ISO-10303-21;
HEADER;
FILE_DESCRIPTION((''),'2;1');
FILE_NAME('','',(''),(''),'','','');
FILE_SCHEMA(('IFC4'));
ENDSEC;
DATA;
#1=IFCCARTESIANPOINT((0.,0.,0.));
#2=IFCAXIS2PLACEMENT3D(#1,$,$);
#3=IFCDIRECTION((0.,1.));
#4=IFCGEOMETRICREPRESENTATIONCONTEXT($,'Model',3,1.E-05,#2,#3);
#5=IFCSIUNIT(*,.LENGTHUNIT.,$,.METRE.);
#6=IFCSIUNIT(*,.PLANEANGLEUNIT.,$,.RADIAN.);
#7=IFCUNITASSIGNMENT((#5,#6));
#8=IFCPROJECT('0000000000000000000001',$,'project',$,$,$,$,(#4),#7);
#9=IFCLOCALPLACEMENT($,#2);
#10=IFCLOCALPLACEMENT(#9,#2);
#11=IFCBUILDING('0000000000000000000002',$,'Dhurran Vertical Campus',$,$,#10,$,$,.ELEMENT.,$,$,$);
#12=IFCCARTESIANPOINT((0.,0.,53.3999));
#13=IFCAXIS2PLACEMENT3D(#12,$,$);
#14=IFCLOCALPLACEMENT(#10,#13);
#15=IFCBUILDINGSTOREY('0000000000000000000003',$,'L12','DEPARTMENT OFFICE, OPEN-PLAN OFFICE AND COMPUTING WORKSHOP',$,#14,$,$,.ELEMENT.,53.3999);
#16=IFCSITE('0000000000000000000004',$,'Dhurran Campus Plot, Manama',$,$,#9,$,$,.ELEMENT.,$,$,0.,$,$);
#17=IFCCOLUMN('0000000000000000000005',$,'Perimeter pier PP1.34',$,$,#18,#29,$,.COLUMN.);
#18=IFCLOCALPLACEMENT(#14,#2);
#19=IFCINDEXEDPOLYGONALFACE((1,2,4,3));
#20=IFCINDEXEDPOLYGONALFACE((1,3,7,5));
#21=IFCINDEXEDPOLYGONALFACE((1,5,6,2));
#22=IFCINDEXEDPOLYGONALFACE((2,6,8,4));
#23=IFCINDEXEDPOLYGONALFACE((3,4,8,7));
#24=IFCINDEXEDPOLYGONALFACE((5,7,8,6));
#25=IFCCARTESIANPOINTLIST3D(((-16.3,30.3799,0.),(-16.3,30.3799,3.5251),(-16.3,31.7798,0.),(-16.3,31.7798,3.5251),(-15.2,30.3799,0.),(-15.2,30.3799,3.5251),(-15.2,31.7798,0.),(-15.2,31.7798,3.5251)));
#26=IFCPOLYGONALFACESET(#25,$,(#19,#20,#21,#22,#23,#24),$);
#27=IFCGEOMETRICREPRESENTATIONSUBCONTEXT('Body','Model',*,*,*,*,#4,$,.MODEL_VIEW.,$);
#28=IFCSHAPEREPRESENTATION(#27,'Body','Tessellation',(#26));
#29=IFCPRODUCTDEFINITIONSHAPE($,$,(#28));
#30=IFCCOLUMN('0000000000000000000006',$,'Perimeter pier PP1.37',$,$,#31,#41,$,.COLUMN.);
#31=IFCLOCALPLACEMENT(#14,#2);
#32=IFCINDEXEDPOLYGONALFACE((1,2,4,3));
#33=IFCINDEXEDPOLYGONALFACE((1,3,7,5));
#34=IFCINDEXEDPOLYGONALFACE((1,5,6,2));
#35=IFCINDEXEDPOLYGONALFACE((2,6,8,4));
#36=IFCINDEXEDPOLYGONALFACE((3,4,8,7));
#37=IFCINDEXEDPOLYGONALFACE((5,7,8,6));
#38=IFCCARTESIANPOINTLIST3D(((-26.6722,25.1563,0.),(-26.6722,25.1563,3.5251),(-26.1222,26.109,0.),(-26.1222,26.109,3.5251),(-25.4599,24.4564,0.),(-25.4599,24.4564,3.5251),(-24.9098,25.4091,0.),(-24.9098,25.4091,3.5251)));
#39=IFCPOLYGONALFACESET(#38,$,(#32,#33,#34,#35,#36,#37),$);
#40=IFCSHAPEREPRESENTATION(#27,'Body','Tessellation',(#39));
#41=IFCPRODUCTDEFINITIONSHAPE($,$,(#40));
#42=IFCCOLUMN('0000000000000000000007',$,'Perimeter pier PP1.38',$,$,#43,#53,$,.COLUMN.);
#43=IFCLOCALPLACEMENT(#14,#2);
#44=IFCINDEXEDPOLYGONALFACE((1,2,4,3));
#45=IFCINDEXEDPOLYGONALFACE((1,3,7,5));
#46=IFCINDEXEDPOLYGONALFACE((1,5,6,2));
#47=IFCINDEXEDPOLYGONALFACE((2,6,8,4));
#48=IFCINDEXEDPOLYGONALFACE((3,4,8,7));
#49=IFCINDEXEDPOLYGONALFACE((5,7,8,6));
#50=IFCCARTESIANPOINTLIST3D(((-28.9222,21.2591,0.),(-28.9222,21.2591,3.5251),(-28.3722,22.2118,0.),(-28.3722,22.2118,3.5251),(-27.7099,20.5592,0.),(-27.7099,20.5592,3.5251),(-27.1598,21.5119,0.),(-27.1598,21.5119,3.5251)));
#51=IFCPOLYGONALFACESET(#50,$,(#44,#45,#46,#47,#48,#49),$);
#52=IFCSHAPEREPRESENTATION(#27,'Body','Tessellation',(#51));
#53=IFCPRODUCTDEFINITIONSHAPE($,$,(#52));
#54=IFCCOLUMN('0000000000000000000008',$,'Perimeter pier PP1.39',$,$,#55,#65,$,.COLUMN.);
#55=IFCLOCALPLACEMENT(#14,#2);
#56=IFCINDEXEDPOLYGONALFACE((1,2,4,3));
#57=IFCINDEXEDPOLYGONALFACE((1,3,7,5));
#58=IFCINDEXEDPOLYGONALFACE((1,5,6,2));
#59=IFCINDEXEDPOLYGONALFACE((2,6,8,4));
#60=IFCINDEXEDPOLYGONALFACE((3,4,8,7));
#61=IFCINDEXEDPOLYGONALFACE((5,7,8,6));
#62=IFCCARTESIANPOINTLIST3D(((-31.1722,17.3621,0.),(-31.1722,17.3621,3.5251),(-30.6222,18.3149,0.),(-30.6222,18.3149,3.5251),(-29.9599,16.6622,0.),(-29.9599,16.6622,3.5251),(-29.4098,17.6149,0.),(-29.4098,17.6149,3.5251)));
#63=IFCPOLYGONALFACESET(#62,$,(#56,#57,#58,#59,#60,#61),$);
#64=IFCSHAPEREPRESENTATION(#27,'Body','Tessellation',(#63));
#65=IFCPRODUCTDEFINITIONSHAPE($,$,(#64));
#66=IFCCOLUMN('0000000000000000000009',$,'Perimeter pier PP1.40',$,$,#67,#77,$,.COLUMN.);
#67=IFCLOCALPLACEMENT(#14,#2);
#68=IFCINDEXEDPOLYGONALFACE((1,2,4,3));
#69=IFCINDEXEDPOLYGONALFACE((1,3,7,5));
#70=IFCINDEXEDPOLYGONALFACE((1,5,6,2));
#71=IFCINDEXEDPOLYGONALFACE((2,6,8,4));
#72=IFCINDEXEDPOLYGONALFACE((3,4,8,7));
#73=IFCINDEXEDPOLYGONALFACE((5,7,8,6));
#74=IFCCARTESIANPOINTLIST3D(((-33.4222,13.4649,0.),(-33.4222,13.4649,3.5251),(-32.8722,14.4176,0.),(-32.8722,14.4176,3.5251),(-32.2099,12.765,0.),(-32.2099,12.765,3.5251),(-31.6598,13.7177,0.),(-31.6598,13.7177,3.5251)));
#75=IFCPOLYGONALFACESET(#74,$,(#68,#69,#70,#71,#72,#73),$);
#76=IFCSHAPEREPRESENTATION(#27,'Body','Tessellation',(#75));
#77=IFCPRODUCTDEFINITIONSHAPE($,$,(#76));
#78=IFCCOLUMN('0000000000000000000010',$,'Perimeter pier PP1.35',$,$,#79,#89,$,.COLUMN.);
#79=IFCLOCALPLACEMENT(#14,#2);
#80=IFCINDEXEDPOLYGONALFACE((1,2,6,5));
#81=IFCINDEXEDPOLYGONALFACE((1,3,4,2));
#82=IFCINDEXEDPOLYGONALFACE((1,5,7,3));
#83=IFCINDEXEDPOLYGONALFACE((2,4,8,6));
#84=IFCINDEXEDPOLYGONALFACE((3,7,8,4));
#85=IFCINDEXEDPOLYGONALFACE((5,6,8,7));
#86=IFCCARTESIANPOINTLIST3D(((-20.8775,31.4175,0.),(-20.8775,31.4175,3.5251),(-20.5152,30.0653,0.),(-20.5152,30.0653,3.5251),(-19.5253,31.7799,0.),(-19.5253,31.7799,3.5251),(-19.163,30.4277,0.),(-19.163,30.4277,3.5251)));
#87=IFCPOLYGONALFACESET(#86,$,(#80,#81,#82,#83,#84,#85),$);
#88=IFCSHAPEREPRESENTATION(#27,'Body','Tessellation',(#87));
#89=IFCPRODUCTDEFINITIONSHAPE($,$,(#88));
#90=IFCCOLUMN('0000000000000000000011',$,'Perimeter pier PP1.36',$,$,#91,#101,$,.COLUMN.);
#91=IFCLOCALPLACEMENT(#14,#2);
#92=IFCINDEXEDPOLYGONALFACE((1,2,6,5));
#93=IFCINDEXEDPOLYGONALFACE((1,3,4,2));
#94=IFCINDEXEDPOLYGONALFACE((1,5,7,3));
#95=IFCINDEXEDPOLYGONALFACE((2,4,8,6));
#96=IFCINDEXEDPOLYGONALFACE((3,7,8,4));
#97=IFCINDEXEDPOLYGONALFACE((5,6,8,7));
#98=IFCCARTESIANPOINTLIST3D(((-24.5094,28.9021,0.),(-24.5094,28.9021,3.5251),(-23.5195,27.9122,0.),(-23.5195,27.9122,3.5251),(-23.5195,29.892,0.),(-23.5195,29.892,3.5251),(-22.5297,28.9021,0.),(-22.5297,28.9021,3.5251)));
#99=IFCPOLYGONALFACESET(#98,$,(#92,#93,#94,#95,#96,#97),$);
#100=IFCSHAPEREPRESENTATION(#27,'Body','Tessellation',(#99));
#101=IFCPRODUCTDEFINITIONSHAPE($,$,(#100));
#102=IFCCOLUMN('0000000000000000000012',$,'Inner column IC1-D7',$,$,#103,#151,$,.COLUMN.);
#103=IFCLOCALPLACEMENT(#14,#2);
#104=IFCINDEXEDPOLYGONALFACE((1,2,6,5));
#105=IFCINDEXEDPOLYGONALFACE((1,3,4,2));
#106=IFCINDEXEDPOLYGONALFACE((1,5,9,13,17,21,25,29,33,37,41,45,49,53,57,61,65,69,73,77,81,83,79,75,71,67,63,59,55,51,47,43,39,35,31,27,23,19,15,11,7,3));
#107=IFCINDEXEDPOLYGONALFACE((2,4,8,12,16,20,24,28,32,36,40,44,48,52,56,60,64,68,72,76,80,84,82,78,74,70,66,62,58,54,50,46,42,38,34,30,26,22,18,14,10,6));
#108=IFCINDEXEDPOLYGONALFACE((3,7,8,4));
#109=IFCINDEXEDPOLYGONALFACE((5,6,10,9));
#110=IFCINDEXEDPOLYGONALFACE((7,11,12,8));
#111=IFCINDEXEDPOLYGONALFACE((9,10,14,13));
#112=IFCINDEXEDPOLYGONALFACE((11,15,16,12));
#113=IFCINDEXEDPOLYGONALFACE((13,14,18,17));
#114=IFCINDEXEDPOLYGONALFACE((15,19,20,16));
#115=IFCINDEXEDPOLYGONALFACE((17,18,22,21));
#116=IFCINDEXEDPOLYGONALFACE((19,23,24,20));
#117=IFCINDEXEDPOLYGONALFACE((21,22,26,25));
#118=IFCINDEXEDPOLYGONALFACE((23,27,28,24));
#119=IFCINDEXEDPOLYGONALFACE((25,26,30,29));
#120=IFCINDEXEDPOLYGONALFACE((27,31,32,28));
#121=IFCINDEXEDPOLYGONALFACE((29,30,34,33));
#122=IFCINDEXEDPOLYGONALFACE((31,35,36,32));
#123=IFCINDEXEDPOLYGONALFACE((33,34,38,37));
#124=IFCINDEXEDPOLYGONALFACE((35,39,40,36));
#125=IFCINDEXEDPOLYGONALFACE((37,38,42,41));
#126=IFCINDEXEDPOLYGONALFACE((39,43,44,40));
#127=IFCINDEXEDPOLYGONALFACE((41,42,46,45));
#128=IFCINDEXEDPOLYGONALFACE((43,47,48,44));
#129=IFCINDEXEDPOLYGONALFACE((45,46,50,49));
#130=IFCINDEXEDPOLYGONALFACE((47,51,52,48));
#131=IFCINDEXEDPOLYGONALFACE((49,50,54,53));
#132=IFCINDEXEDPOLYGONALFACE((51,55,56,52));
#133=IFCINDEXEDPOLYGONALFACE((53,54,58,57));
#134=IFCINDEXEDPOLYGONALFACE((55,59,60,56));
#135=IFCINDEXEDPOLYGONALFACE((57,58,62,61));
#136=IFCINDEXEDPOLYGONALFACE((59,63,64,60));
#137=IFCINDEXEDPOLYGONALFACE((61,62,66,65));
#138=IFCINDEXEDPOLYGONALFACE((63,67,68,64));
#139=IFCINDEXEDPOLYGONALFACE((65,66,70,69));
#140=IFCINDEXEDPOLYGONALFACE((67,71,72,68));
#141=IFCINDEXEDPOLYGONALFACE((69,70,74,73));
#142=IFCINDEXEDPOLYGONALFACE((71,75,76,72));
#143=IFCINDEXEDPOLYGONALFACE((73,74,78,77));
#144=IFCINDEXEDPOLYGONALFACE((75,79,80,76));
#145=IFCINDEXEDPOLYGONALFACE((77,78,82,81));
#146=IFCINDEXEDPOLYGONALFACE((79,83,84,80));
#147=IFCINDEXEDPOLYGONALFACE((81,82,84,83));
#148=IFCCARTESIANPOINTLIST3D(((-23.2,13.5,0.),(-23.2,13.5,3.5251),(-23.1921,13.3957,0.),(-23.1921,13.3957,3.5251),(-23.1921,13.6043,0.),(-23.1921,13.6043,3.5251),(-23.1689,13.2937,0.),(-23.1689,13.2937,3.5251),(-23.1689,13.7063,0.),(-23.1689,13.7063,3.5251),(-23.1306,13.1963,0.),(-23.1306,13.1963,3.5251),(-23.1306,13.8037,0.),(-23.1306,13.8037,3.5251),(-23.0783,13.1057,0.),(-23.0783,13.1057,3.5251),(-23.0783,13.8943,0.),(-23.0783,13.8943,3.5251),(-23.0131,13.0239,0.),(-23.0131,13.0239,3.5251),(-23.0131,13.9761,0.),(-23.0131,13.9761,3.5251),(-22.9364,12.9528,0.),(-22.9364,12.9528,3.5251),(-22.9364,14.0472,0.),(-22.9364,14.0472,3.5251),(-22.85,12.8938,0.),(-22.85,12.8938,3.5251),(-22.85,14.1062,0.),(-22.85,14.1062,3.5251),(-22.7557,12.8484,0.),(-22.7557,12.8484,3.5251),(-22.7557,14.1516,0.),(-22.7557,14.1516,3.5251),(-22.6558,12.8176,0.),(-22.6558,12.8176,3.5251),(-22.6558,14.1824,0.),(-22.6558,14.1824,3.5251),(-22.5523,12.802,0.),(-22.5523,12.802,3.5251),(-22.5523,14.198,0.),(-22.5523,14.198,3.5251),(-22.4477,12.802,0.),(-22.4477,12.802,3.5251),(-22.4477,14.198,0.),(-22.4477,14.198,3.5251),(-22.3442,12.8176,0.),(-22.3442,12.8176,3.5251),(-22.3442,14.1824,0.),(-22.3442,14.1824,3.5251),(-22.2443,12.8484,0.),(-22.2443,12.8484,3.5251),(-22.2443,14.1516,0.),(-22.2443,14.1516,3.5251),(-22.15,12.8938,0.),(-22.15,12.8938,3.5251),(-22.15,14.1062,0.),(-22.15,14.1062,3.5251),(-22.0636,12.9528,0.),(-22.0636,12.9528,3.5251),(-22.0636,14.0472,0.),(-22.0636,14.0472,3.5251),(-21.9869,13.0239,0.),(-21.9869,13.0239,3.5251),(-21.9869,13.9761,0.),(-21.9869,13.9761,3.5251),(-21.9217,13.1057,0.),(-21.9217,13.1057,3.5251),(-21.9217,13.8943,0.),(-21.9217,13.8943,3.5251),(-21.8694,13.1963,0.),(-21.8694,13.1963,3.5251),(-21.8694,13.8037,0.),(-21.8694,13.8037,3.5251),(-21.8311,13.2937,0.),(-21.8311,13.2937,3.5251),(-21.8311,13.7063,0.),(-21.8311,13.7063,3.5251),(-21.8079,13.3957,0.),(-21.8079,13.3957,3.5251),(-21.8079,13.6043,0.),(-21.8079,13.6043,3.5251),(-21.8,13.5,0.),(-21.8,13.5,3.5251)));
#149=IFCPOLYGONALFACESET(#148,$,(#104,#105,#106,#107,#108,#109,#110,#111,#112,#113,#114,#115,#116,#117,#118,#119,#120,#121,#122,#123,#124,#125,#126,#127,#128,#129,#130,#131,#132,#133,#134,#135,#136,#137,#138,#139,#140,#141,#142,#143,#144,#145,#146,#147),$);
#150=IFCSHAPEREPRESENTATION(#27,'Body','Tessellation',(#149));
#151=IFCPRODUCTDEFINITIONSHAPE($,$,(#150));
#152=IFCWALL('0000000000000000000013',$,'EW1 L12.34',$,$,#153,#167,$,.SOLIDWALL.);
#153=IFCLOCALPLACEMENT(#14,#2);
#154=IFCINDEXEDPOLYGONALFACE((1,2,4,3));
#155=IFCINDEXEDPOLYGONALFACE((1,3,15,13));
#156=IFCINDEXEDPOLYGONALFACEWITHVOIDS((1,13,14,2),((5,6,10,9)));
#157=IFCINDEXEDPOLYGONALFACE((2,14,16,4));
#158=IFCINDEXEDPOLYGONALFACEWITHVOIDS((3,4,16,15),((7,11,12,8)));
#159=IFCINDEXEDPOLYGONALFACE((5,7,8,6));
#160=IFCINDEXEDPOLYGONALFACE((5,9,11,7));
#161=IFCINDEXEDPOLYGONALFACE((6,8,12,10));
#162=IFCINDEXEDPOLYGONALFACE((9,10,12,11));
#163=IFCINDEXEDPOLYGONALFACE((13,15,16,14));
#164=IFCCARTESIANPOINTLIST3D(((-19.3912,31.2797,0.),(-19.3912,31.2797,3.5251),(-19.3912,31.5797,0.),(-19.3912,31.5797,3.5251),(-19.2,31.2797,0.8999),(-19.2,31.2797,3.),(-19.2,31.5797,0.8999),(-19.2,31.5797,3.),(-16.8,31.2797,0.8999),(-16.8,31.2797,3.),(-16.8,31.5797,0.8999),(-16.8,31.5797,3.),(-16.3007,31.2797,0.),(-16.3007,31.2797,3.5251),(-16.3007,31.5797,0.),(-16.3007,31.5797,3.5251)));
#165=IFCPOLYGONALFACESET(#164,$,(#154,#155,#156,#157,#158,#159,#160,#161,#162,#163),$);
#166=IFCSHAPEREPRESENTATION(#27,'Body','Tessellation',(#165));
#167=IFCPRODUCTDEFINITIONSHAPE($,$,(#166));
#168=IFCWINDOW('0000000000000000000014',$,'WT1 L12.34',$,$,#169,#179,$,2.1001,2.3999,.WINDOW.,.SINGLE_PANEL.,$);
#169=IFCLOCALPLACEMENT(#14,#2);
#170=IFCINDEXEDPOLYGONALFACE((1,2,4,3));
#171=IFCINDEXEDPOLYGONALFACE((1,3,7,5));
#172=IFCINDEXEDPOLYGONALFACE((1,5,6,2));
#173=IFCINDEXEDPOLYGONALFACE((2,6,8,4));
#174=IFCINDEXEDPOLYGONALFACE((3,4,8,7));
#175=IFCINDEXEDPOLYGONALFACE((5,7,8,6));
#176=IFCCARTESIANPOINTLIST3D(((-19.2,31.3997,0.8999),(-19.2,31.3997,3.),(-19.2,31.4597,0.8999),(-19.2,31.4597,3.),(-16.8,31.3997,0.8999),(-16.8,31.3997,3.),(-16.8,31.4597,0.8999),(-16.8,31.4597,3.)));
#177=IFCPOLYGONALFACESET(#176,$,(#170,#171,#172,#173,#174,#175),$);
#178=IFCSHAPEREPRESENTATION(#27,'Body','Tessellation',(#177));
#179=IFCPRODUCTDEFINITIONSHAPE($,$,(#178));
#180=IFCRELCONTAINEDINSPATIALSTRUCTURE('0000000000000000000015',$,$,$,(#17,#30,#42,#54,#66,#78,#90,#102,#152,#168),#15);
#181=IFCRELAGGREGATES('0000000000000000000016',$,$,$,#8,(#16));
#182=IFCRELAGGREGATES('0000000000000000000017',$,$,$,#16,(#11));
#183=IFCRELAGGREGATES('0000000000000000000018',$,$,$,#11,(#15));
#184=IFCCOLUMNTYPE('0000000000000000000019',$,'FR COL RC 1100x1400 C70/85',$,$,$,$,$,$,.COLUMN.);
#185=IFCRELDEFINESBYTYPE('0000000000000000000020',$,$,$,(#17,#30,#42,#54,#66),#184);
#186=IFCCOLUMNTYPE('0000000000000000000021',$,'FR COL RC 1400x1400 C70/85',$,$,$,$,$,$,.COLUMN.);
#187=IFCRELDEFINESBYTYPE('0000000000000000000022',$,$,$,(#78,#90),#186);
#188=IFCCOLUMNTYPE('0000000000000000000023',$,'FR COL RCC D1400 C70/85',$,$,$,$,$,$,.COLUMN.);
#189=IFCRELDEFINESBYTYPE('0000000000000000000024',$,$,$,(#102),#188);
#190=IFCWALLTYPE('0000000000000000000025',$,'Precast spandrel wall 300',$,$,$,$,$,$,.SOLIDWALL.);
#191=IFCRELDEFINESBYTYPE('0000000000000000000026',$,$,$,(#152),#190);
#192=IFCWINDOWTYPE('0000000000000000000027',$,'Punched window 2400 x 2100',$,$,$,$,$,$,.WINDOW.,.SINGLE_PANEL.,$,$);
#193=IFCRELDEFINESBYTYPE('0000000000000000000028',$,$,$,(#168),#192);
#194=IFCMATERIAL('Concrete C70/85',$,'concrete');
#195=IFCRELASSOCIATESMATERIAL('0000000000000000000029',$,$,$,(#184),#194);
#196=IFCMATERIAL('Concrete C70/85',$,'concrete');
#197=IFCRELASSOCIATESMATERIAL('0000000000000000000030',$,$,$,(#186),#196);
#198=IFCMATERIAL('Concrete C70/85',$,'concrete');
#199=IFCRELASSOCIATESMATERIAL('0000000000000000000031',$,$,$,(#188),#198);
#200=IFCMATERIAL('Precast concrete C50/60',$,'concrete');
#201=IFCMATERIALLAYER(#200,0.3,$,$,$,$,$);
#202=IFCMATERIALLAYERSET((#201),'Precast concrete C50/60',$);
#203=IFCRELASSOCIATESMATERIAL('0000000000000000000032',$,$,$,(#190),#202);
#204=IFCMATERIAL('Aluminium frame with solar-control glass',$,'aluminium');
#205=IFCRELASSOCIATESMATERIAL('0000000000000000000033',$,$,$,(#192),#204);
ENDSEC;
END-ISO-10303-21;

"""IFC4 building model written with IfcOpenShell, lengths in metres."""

from ifc_helpers import new_model, si_unit, direction, frame, frame_2d, origin, origin_2d, place, context, subcontext, project, spatial, rectangle, circle, extrude, material, layer, layer_set, material_profile, profile_set, type_object, element, fill, save


model = new_model("IFC4")

# Units and contexts
model_context = context("Model", 3, precision=1e-05, world=origin(), true_north=direction((0.0, 1.0)))
body_context = subcontext(model_context, "Body", "Model", "MODEL_VIEW")
ifc_project = project(units=[si_unit("LENGTHUNIT", "METRE"), si_unit("PLANEANGLEUNIT", "RADIAN")], contexts=[model_context])

# Site, building, storey
site_placement = place(None, origin())
site = spatial("IfcSite", under=ifc_project, at=site_placement, Name="Dhurran Campus Plot, Manama", CompositionType="ELEMENT", RefElevation=0.0)
building_placement = place(site_placement, origin())
building = spatial("IfcBuilding", under=site, at=building_placement, Name="Dhurran Vertical Campus", CompositionType="ELEMENT")
storey_placement = place(building_placement, frame((0.0, 0.0, 53.3999)))
storey = spatial("IfcBuildingStorey", under=building, at=storey_placement, Name="L12", Description="DEPARTMENT OFFICE, OPEN-PLAN OFFICE AND COMPUTING WORKSHOP", CompositionType="ELEMENT", Elevation=53.3999)

# Columns
ifc_material_1 = material(Name="Concrete C70/85", Category="concrete")
ifc_material_profile_1 = material_profile(ifc_material_1, rectangle(XDim=1.1001, YDim=1.3999, at=origin_2d()), Name="RC 1100x1400")
ifc_profile_set_1 = profile_set([ifc_material_profile_1], Name="Concrete C70/85")
column_type_1 = type_object("IfcColumnType", Name="FR COL RC 1100x1400 C70/85", PredefinedType="COLUMN", material=ifc_profile_set_1)
for number, where, z_axis, x_axis, name in (
    (1, (-15.75, 31.0798, 0.0), (0.0, 0.0, 1.0), (-1.0, 0.0, 0.0), "Perimeter pier PP1.34"),
    (2, (-25.791, 25.2827, 0.0), (0.0, 0.0, 1.0), (-0.5, -0.866025, 0.0), "Perimeter pier PP1.37"),
    (3, (-28.041, 21.3855, 0.0), (0.0, 0.0, 1.0), (-0.5, -0.866025, 0.0), "Perimeter pier PP1.38"),
    (4, (-30.291, 17.4885, 0.0), (0.0, 0.0, 1.0), (-0.5, -0.866025, 0.0), "Perimeter pier PP1.39"),
    (5, (-32.541, 13.5913, 0.0), (0.0, 0.0, 1.0), (-0.5, -0.866025, 0.0), "Perimeter pier PP1.40"),
):
    element("IfcColumn", number, at=place(storey_placement, frame(where, z_axis=z_axis, x_axis=x_axis)), inside=storey, type_object=column_type_1, Name=name, PredefinedType="COLUMN", context=body_context, shape_type="SweptSolid", body=[
        extrude(rectangle(XDim=1.1001, YDim=1.3999, at=origin_2d()), origin(), (0.0, 0.0, 1.0), 3.5251),
    ])
ifc_material_2 = material(Name="Concrete C70/85", Category="concrete")
ifc_material_profile_2 = material_profile(ifc_material_2, rectangle(XDim=1.3999, YDim=1.3999, at=origin_2d()), Name="RC 1400x1400")
ifc_profile_set_2 = profile_set([ifc_material_profile_2], Name="Concrete C70/85")
column_type_2 = type_object("IfcColumnType", Name="FR COL RC 1400x1400 C70/85", PredefinedType="COLUMN", material=ifc_profile_set_2)
for number, where, z_axis, x_axis, name in (
    (6, (-20.0203, 30.9226, 0.0), (0.0, 0.0, 1.0), (-0.965926, -0.258819, 0.0), "Perimeter pier PP1.35"),
    (7, (-23.5195, 28.9021, 0.0), (0.0, 0.0, 1.0), (-0.707107, -0.707107, 0.0), "Perimeter pier PP1.36"),
):
    element("IfcColumn", number, at=place(storey_placement, frame(where, z_axis=z_axis, x_axis=x_axis)), inside=storey, type_object=column_type_2, Name=name, PredefinedType="COLUMN", context=body_context, shape_type="SweptSolid", body=[
        extrude(rectangle(XDim=1.3999, YDim=1.3999, at=origin_2d()), origin(), (0.0, 0.0, 1.0), 3.5251),
    ])
ifc_material_3 = material(Name="Concrete C70/85", Category="concrete")
ifc_material_profile_3 = material_profile(ifc_material_3, circle(Radius=0.7, at=origin_2d()), Name="RCC D1400")
ifc_profile_set_3 = profile_set([ifc_material_profile_3], Name="Concrete C70/85")
column_type_3 = type_object("IfcColumnType", Name="FR COL RCC D1400 C70/85", PredefinedType="COLUMN", material=ifc_profile_set_3)
column_placement = place(storey_placement, frame((-22.5, 13.5, 0.0), z_axis=(0.0, 0.0, 1.0), x_axis=(1.0, 0.0, 0.0)))
element("IfcColumn", 8, at=column_placement, inside=storey, type_object=column_type_3, Name="Inner column IC1-D7", PredefinedType="COLUMN", context=body_context, shape_type="SweptSolid", body=[
    extrude(circle(Radius=0.7, at=origin_2d()), origin(), (0.0, 0.0, 1.0), 3.5251),
])

# Wall, opening, window
ifc_material_4 = material(Name="Precast concrete C50/60", Category="concrete")
ifc_layer_1 = layer(ifc_material_4, 0.3)
ifc_layer_set_1 = layer_set([ifc_layer_1], Name="Precast concrete C50/60")
wall_type_1 = type_object("IfcWallType", Name="Precast spandrel wall 300", PredefinedType="SOLIDWALL", material=ifc_layer_set_1)
wall_1_placement = place(storey_placement, frame((-16.3005, 31.4297, 0.0), z_axis=(0.0, 0.0, 1.0), x_axis=(-1.0, 0.0, 0.0)))
wall_1 = element("IfcWall", 9, at=wall_1_placement, inside=storey, type_object=wall_type_1, Name="EW1 L12.34", PredefinedType="SOLIDWALL", context=body_context, shape_type="SweptSolid", body=[
    extrude(rectangle(XDim=3.0906, YDim=0.3, at=frame_2d((1.5454, 0.0))), origin(), (0.0, 0.0, 1.0), 3.5251),
])
opening_1_placement = place(wall_1_placement, frame((0.4995, 0.0, 0.8999)))
opening_1 = element("IfcOpeningElement", 10, at=opening_1_placement, cuts=wall_1, PredefinedType="OPENING", context=body_context, shape_type="SweptSolid", body=[
    extrude(rectangle(XDim=2.3999, YDim=2.1001, at=frame_2d((1.2, 1.05))), frame((0.0, 0.1599, 0.0), z_axis=(0.0, -1.0, 0.0), x_axis=(1.0, 0.0, 0.0)), (0.0, 0.0, 1.0), 0.3201),
])
ifc_material_5 = material(Name="Aluminium frame with solar-control glass", Category="aluminium")
window_type = type_object("IfcWindowType", Name="Punched window 2400 x 2100", PartitioningType="SINGLE_PANEL", PredefinedType="WINDOW", material=ifc_material_5)
window_1_placement = place(opening_1_placement, origin())
window_1 = element("IfcWindow", 11, at=window_1_placement, inside=storey, type_object=window_type, Name="WT1 L12.34", OverallHeight=2.1001, OverallWidth=2.3999, PartitioningType="SINGLE_PANEL", PredefinedType="WINDOW", context=body_context, shape_type="SweptSolid", body=[
    extrude(rectangle(XDim=2.3999, YDim=2.1001, at=frame_2d((1.2, 1.05))), frame((0.0, 0.03, 0.0), z_axis=(0.0, -1.0, 0.0), x_axis=(1.0, 0.0, 0.0)), (0.0, 0.0, 1.0), 0.0601),
])
fill(opening_1, window_1)

save(model, "model.ifc")
